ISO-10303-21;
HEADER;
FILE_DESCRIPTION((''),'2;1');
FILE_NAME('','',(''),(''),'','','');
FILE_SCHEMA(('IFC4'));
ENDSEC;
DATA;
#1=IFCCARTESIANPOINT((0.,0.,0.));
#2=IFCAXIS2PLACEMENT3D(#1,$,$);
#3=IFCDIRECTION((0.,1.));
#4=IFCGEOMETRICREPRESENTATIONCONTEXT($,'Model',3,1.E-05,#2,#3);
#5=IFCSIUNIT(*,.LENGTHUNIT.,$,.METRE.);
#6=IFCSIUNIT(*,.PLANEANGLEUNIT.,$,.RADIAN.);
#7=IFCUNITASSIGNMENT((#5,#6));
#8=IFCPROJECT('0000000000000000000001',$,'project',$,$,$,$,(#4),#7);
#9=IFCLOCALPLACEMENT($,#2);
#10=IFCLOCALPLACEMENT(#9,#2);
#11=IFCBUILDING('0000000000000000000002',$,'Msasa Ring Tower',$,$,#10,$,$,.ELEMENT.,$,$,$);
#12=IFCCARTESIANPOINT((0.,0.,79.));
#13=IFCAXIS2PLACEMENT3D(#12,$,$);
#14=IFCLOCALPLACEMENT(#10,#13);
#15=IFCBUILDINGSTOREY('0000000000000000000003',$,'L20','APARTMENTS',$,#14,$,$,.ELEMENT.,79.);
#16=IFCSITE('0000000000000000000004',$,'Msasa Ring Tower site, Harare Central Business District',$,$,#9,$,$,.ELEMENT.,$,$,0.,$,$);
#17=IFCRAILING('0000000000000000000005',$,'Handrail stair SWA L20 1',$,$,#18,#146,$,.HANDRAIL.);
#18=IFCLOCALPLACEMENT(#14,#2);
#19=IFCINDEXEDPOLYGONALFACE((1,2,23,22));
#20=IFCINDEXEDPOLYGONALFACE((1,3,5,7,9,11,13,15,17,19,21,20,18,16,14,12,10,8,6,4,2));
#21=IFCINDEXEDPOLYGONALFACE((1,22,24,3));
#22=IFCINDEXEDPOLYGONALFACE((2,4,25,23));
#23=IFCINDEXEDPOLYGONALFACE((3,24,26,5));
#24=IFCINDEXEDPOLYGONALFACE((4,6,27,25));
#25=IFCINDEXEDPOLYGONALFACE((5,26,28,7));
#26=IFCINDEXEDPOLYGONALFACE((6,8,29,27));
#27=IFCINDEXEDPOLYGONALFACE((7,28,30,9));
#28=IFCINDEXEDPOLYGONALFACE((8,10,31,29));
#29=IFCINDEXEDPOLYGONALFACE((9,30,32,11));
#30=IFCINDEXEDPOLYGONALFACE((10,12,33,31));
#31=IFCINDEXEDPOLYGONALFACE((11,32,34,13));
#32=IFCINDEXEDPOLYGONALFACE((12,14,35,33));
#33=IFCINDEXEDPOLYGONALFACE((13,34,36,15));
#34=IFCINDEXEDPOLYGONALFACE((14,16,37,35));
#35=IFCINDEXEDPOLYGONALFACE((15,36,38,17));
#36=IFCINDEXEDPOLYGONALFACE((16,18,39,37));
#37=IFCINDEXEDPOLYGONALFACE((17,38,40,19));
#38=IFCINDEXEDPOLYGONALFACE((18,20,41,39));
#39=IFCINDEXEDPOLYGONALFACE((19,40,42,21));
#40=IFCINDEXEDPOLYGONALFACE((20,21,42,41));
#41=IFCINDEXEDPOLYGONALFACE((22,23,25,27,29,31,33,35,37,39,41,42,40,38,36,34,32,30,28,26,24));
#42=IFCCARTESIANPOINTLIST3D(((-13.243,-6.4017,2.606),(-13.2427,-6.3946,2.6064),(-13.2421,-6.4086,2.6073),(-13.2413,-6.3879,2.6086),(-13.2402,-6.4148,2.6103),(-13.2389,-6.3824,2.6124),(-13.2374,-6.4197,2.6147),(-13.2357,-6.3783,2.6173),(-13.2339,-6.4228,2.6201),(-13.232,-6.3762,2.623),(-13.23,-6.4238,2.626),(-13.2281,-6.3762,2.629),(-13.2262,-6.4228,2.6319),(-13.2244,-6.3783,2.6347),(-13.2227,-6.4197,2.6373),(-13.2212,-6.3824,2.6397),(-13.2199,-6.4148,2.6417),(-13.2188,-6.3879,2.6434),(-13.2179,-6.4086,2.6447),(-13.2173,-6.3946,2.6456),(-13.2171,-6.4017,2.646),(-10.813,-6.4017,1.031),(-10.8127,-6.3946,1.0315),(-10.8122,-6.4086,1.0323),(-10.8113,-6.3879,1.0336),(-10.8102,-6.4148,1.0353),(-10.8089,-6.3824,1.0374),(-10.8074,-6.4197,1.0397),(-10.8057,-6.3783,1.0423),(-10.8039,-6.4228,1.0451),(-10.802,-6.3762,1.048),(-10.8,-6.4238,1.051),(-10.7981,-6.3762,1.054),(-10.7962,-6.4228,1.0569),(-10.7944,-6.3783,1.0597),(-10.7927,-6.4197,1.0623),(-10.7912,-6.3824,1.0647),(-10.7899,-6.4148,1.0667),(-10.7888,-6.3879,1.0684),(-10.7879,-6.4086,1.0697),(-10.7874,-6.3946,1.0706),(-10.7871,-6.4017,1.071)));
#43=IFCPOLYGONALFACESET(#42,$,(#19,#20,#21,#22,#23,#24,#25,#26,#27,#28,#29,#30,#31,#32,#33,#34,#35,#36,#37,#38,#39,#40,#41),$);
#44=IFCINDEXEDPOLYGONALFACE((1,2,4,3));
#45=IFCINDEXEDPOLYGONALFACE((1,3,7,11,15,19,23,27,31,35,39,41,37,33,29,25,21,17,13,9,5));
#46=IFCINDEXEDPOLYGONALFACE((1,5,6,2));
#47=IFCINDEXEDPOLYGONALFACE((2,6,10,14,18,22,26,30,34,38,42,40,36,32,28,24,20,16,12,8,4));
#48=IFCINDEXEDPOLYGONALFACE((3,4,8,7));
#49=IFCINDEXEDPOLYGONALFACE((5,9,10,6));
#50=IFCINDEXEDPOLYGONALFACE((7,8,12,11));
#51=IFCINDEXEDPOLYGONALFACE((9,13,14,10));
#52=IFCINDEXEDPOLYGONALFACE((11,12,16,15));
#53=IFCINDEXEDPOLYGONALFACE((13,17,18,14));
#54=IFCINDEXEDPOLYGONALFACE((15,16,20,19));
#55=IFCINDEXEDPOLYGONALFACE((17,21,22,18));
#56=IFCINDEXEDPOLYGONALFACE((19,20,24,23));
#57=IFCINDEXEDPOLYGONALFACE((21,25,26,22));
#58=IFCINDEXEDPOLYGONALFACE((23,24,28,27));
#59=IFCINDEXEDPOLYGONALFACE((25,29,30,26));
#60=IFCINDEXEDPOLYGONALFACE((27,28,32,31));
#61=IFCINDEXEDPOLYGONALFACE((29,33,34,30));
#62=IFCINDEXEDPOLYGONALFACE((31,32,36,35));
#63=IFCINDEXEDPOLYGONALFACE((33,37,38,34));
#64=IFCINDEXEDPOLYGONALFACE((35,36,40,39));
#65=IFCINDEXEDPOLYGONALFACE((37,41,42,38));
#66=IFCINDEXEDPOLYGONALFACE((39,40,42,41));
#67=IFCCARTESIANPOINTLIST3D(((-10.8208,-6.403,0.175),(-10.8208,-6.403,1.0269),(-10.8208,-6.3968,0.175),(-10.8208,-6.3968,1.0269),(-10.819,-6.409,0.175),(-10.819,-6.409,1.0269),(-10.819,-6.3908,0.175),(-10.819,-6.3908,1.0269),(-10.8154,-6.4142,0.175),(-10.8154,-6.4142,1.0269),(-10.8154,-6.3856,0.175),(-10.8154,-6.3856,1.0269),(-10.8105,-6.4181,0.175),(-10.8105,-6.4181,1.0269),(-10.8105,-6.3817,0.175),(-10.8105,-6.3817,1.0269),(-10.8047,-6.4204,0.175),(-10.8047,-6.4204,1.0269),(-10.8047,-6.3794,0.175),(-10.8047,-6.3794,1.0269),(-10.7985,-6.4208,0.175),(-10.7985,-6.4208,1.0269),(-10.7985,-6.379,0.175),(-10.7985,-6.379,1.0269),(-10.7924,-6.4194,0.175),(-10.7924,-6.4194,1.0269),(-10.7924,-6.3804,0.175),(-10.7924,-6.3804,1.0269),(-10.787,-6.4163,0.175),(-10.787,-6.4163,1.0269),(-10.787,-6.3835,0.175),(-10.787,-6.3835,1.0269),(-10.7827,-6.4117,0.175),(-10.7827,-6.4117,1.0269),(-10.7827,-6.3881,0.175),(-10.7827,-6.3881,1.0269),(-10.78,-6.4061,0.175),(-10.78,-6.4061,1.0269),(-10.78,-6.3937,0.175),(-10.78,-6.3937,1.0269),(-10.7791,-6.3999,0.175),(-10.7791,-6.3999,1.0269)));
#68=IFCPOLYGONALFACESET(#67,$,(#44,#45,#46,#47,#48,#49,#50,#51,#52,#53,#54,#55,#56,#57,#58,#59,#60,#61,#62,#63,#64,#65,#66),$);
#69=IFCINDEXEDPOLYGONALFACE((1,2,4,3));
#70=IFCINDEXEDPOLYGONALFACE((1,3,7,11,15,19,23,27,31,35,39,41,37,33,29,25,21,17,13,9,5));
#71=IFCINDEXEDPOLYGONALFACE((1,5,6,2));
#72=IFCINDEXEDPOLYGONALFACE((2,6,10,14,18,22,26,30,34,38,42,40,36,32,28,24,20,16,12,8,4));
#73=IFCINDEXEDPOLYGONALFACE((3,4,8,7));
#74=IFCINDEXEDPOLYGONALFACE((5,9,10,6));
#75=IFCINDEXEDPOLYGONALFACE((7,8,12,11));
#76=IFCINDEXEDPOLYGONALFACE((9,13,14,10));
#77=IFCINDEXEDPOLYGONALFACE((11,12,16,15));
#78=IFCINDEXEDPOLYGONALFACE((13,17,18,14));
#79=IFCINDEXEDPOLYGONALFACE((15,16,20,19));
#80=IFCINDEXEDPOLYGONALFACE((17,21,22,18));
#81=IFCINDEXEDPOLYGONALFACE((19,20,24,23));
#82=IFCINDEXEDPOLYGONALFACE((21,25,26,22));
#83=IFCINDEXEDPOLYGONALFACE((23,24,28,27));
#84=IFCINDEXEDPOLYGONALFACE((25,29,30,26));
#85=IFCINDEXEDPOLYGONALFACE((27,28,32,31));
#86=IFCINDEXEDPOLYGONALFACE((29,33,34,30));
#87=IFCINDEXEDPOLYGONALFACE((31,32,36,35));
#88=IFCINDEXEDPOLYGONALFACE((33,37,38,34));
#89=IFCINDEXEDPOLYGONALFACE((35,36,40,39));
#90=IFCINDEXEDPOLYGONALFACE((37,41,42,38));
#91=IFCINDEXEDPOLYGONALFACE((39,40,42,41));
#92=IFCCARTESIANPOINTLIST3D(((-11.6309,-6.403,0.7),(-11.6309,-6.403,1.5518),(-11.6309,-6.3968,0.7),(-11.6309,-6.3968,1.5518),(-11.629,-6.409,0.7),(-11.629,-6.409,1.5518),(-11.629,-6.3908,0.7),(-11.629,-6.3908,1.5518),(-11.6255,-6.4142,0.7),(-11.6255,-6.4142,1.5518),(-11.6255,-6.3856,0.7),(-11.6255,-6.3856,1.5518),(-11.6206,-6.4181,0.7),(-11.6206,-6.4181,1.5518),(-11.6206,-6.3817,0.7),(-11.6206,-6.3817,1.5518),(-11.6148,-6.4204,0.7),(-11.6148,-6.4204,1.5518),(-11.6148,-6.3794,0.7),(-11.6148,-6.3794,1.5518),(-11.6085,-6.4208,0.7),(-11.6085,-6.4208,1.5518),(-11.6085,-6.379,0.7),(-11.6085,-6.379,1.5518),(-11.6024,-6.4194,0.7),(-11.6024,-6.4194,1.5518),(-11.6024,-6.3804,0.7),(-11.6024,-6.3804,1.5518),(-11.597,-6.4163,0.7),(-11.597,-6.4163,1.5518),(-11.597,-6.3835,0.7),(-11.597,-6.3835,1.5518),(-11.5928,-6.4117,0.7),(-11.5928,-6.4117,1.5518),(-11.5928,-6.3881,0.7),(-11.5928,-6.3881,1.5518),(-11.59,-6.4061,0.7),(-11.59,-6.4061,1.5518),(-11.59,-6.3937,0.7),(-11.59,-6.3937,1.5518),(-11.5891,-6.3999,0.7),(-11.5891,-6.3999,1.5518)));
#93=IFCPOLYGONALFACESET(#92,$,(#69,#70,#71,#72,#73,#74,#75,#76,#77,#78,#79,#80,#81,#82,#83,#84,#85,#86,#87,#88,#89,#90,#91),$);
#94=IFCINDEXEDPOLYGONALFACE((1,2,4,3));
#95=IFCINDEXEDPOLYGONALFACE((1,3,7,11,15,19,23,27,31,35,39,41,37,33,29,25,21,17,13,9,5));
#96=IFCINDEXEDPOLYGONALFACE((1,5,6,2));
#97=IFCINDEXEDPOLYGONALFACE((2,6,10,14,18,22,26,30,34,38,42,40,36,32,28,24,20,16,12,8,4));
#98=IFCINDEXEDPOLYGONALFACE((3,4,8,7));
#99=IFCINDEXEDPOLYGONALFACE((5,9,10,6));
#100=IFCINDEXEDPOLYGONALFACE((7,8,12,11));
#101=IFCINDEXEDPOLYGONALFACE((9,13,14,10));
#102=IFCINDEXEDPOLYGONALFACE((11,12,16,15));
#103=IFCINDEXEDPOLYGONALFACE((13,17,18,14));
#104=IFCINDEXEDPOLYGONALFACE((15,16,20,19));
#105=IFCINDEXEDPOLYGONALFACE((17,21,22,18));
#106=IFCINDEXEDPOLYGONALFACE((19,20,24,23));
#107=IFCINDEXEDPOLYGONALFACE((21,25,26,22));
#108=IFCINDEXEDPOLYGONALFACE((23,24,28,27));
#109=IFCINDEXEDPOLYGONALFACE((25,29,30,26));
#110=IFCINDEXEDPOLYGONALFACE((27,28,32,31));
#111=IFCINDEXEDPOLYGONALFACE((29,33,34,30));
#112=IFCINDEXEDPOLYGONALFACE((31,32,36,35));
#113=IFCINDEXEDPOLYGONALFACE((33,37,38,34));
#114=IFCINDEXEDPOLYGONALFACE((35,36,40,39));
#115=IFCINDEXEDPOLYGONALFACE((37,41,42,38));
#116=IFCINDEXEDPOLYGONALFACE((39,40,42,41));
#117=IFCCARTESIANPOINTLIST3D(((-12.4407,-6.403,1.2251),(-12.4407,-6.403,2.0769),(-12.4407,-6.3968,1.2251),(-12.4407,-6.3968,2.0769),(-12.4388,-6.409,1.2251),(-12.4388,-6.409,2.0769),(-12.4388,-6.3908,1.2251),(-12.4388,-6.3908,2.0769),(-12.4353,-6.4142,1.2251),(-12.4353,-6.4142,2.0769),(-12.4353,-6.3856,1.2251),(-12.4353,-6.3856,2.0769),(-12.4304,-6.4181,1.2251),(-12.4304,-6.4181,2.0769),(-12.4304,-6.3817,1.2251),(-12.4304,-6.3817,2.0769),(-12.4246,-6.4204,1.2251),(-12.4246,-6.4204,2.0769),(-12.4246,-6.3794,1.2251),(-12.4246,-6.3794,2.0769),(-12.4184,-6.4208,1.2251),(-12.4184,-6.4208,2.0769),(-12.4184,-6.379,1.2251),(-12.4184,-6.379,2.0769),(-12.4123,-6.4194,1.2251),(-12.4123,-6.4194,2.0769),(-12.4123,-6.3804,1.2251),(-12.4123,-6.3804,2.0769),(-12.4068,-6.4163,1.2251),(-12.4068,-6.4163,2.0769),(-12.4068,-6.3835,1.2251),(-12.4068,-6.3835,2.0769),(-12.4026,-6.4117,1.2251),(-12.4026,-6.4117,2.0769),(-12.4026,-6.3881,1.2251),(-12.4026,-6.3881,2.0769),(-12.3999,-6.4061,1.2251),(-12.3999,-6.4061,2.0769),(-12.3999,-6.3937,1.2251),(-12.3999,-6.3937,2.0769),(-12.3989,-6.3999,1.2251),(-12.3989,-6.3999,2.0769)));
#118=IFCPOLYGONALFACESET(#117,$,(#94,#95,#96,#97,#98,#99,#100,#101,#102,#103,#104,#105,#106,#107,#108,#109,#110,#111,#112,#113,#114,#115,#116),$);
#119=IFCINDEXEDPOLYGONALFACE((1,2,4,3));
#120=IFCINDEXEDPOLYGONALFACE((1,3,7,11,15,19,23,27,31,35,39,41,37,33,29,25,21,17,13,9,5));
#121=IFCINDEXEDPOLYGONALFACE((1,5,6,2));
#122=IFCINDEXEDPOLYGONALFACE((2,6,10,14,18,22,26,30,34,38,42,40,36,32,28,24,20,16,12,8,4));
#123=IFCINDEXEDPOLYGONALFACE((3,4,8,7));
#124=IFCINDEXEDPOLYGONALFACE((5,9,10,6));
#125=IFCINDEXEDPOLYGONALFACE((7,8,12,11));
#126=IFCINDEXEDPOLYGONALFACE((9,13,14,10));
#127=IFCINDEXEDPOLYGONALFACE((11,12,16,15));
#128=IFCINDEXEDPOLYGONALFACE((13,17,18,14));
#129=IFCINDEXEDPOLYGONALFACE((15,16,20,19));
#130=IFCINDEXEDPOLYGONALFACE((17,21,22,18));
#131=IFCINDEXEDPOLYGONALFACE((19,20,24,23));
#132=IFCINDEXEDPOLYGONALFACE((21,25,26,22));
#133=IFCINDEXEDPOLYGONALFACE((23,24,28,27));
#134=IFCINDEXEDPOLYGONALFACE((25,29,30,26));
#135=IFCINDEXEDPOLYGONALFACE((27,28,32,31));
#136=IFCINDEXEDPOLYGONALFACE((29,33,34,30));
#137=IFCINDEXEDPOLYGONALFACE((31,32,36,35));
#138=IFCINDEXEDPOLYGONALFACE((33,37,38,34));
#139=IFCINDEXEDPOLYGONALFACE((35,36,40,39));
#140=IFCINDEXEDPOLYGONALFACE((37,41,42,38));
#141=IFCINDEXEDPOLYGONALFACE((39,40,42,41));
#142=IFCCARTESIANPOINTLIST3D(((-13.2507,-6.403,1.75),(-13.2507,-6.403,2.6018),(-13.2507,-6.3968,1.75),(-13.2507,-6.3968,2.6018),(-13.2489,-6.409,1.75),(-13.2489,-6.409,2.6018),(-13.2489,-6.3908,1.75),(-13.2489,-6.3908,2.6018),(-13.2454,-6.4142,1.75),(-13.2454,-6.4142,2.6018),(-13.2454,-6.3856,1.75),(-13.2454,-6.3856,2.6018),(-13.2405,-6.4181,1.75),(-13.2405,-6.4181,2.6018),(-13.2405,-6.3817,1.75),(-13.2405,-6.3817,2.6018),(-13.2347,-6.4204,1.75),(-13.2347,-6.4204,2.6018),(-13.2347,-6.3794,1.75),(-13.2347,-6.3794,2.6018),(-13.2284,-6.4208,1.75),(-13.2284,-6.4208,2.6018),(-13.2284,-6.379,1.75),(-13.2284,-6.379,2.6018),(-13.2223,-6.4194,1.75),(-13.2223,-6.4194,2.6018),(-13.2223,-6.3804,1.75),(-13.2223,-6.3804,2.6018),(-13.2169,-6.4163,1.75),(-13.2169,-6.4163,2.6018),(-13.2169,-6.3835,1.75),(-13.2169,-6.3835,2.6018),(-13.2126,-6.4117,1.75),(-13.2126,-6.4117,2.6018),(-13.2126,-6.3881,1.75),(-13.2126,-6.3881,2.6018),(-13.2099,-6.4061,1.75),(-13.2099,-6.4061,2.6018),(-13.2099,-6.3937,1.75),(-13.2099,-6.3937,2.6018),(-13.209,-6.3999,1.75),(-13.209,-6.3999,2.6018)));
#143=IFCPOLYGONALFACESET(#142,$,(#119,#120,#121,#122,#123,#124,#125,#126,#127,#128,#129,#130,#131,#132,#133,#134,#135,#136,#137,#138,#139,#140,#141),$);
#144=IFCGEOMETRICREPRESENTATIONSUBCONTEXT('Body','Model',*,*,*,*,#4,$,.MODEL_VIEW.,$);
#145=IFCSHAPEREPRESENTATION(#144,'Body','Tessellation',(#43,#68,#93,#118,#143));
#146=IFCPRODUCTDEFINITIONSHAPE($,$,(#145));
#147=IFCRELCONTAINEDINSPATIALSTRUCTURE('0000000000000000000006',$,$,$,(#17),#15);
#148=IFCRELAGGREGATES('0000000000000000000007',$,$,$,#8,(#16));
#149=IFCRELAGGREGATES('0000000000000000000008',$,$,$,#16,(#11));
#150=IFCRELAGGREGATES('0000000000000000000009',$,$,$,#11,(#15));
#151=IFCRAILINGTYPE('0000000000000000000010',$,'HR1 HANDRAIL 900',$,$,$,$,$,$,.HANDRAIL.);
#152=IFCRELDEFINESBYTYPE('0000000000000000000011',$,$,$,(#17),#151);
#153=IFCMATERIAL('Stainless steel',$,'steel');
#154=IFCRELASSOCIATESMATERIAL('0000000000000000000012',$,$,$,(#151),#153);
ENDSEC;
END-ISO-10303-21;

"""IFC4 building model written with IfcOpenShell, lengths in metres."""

from ifc_helpers import new_model, si_unit, direction, frame, origin, origin_2d, place, context, subcontext, project, spatial, circle, extrude, material, type_object, element, save


model = new_model("IFC4")

# Units and contexts
model_context = context("Model", 3, precision=1e-05, world=origin(), true_north=direction((0.0, 1.0)))
body_context = subcontext(model_context, "Body", "Model", "MODEL_VIEW")
ifc_project = project(units=[si_unit("LENGTHUNIT", "METRE"), si_unit("PLANEANGLEUNIT", "RADIAN")], contexts=[model_context])

# Site, building, storey
site_placement = place(None, origin())
site = spatial("IfcSite", under=ifc_project, at=site_placement, Name="Msasa Ring Tower site, Harare Central Business District", CompositionType="ELEMENT", RefElevation=0.0)
building_placement = place(site_placement, origin())
building = spatial("IfcBuilding", under=site, at=building_placement, Name="Msasa Ring Tower", CompositionType="ELEMENT")
storey_placement = place(building_placement, frame((0.0, 0.0, 79.0)))
storey = spatial("IfcBuildingStorey", under=building, at=storey_placement, Name="L20", Description="APARTMENTS", CompositionType="ELEMENT", Elevation=79.0)

# Railing
ifc_material_1 = material(Name="Stainless steel", Category="steel")
railing_type = type_object("IfcRailingType", Name="HR1 HANDRAIL 900", PredefinedType="HANDRAIL", material=ifc_material_1)
for number, where, name in (
    (1, (-10.8, -6.3999, 0.175), "Handrail stair SWA L20 1"),
):
    element("IfcRailing", number, at=place(storey_placement, frame(where)), inside=storey, type_object=railing_type, Name=name, PredefinedType="HANDRAIL", context=body_context, shape_type="SweptSolid", body=[
        extrude(circle(Radius=0.0239, at=origin_2d()), frame((0.0, 0.0, 0.876), z_axis=(-0.839154, 0.0, 0.543894), x_axis=(0.0, -1.0, 0.0)), (0.0, 0.0, 1.0), 2.8958),
        extrude(circle(Radius=0.021, at=origin_2d()), origin(), (0.0, 0.0, 1.0), 0.8518),
        extrude(circle(Radius=0.021, at=origin_2d()), frame((-0.8101, 0.0, 0.5249)), (0.0, 0.0, 1.0), 0.8518),
        extrude(circle(Radius=0.021, at=origin_2d()), frame((-1.6199, 0.0, 1.05)), (0.0, 0.0, 1.0), 0.8518),
        extrude(circle(Radius=0.021, at=origin_2d()), frame((-2.4299, 0.0, 1.575)), (0.0, 0.0, 1.0), 0.8518),
    ])

save(model, "model.ifc")
